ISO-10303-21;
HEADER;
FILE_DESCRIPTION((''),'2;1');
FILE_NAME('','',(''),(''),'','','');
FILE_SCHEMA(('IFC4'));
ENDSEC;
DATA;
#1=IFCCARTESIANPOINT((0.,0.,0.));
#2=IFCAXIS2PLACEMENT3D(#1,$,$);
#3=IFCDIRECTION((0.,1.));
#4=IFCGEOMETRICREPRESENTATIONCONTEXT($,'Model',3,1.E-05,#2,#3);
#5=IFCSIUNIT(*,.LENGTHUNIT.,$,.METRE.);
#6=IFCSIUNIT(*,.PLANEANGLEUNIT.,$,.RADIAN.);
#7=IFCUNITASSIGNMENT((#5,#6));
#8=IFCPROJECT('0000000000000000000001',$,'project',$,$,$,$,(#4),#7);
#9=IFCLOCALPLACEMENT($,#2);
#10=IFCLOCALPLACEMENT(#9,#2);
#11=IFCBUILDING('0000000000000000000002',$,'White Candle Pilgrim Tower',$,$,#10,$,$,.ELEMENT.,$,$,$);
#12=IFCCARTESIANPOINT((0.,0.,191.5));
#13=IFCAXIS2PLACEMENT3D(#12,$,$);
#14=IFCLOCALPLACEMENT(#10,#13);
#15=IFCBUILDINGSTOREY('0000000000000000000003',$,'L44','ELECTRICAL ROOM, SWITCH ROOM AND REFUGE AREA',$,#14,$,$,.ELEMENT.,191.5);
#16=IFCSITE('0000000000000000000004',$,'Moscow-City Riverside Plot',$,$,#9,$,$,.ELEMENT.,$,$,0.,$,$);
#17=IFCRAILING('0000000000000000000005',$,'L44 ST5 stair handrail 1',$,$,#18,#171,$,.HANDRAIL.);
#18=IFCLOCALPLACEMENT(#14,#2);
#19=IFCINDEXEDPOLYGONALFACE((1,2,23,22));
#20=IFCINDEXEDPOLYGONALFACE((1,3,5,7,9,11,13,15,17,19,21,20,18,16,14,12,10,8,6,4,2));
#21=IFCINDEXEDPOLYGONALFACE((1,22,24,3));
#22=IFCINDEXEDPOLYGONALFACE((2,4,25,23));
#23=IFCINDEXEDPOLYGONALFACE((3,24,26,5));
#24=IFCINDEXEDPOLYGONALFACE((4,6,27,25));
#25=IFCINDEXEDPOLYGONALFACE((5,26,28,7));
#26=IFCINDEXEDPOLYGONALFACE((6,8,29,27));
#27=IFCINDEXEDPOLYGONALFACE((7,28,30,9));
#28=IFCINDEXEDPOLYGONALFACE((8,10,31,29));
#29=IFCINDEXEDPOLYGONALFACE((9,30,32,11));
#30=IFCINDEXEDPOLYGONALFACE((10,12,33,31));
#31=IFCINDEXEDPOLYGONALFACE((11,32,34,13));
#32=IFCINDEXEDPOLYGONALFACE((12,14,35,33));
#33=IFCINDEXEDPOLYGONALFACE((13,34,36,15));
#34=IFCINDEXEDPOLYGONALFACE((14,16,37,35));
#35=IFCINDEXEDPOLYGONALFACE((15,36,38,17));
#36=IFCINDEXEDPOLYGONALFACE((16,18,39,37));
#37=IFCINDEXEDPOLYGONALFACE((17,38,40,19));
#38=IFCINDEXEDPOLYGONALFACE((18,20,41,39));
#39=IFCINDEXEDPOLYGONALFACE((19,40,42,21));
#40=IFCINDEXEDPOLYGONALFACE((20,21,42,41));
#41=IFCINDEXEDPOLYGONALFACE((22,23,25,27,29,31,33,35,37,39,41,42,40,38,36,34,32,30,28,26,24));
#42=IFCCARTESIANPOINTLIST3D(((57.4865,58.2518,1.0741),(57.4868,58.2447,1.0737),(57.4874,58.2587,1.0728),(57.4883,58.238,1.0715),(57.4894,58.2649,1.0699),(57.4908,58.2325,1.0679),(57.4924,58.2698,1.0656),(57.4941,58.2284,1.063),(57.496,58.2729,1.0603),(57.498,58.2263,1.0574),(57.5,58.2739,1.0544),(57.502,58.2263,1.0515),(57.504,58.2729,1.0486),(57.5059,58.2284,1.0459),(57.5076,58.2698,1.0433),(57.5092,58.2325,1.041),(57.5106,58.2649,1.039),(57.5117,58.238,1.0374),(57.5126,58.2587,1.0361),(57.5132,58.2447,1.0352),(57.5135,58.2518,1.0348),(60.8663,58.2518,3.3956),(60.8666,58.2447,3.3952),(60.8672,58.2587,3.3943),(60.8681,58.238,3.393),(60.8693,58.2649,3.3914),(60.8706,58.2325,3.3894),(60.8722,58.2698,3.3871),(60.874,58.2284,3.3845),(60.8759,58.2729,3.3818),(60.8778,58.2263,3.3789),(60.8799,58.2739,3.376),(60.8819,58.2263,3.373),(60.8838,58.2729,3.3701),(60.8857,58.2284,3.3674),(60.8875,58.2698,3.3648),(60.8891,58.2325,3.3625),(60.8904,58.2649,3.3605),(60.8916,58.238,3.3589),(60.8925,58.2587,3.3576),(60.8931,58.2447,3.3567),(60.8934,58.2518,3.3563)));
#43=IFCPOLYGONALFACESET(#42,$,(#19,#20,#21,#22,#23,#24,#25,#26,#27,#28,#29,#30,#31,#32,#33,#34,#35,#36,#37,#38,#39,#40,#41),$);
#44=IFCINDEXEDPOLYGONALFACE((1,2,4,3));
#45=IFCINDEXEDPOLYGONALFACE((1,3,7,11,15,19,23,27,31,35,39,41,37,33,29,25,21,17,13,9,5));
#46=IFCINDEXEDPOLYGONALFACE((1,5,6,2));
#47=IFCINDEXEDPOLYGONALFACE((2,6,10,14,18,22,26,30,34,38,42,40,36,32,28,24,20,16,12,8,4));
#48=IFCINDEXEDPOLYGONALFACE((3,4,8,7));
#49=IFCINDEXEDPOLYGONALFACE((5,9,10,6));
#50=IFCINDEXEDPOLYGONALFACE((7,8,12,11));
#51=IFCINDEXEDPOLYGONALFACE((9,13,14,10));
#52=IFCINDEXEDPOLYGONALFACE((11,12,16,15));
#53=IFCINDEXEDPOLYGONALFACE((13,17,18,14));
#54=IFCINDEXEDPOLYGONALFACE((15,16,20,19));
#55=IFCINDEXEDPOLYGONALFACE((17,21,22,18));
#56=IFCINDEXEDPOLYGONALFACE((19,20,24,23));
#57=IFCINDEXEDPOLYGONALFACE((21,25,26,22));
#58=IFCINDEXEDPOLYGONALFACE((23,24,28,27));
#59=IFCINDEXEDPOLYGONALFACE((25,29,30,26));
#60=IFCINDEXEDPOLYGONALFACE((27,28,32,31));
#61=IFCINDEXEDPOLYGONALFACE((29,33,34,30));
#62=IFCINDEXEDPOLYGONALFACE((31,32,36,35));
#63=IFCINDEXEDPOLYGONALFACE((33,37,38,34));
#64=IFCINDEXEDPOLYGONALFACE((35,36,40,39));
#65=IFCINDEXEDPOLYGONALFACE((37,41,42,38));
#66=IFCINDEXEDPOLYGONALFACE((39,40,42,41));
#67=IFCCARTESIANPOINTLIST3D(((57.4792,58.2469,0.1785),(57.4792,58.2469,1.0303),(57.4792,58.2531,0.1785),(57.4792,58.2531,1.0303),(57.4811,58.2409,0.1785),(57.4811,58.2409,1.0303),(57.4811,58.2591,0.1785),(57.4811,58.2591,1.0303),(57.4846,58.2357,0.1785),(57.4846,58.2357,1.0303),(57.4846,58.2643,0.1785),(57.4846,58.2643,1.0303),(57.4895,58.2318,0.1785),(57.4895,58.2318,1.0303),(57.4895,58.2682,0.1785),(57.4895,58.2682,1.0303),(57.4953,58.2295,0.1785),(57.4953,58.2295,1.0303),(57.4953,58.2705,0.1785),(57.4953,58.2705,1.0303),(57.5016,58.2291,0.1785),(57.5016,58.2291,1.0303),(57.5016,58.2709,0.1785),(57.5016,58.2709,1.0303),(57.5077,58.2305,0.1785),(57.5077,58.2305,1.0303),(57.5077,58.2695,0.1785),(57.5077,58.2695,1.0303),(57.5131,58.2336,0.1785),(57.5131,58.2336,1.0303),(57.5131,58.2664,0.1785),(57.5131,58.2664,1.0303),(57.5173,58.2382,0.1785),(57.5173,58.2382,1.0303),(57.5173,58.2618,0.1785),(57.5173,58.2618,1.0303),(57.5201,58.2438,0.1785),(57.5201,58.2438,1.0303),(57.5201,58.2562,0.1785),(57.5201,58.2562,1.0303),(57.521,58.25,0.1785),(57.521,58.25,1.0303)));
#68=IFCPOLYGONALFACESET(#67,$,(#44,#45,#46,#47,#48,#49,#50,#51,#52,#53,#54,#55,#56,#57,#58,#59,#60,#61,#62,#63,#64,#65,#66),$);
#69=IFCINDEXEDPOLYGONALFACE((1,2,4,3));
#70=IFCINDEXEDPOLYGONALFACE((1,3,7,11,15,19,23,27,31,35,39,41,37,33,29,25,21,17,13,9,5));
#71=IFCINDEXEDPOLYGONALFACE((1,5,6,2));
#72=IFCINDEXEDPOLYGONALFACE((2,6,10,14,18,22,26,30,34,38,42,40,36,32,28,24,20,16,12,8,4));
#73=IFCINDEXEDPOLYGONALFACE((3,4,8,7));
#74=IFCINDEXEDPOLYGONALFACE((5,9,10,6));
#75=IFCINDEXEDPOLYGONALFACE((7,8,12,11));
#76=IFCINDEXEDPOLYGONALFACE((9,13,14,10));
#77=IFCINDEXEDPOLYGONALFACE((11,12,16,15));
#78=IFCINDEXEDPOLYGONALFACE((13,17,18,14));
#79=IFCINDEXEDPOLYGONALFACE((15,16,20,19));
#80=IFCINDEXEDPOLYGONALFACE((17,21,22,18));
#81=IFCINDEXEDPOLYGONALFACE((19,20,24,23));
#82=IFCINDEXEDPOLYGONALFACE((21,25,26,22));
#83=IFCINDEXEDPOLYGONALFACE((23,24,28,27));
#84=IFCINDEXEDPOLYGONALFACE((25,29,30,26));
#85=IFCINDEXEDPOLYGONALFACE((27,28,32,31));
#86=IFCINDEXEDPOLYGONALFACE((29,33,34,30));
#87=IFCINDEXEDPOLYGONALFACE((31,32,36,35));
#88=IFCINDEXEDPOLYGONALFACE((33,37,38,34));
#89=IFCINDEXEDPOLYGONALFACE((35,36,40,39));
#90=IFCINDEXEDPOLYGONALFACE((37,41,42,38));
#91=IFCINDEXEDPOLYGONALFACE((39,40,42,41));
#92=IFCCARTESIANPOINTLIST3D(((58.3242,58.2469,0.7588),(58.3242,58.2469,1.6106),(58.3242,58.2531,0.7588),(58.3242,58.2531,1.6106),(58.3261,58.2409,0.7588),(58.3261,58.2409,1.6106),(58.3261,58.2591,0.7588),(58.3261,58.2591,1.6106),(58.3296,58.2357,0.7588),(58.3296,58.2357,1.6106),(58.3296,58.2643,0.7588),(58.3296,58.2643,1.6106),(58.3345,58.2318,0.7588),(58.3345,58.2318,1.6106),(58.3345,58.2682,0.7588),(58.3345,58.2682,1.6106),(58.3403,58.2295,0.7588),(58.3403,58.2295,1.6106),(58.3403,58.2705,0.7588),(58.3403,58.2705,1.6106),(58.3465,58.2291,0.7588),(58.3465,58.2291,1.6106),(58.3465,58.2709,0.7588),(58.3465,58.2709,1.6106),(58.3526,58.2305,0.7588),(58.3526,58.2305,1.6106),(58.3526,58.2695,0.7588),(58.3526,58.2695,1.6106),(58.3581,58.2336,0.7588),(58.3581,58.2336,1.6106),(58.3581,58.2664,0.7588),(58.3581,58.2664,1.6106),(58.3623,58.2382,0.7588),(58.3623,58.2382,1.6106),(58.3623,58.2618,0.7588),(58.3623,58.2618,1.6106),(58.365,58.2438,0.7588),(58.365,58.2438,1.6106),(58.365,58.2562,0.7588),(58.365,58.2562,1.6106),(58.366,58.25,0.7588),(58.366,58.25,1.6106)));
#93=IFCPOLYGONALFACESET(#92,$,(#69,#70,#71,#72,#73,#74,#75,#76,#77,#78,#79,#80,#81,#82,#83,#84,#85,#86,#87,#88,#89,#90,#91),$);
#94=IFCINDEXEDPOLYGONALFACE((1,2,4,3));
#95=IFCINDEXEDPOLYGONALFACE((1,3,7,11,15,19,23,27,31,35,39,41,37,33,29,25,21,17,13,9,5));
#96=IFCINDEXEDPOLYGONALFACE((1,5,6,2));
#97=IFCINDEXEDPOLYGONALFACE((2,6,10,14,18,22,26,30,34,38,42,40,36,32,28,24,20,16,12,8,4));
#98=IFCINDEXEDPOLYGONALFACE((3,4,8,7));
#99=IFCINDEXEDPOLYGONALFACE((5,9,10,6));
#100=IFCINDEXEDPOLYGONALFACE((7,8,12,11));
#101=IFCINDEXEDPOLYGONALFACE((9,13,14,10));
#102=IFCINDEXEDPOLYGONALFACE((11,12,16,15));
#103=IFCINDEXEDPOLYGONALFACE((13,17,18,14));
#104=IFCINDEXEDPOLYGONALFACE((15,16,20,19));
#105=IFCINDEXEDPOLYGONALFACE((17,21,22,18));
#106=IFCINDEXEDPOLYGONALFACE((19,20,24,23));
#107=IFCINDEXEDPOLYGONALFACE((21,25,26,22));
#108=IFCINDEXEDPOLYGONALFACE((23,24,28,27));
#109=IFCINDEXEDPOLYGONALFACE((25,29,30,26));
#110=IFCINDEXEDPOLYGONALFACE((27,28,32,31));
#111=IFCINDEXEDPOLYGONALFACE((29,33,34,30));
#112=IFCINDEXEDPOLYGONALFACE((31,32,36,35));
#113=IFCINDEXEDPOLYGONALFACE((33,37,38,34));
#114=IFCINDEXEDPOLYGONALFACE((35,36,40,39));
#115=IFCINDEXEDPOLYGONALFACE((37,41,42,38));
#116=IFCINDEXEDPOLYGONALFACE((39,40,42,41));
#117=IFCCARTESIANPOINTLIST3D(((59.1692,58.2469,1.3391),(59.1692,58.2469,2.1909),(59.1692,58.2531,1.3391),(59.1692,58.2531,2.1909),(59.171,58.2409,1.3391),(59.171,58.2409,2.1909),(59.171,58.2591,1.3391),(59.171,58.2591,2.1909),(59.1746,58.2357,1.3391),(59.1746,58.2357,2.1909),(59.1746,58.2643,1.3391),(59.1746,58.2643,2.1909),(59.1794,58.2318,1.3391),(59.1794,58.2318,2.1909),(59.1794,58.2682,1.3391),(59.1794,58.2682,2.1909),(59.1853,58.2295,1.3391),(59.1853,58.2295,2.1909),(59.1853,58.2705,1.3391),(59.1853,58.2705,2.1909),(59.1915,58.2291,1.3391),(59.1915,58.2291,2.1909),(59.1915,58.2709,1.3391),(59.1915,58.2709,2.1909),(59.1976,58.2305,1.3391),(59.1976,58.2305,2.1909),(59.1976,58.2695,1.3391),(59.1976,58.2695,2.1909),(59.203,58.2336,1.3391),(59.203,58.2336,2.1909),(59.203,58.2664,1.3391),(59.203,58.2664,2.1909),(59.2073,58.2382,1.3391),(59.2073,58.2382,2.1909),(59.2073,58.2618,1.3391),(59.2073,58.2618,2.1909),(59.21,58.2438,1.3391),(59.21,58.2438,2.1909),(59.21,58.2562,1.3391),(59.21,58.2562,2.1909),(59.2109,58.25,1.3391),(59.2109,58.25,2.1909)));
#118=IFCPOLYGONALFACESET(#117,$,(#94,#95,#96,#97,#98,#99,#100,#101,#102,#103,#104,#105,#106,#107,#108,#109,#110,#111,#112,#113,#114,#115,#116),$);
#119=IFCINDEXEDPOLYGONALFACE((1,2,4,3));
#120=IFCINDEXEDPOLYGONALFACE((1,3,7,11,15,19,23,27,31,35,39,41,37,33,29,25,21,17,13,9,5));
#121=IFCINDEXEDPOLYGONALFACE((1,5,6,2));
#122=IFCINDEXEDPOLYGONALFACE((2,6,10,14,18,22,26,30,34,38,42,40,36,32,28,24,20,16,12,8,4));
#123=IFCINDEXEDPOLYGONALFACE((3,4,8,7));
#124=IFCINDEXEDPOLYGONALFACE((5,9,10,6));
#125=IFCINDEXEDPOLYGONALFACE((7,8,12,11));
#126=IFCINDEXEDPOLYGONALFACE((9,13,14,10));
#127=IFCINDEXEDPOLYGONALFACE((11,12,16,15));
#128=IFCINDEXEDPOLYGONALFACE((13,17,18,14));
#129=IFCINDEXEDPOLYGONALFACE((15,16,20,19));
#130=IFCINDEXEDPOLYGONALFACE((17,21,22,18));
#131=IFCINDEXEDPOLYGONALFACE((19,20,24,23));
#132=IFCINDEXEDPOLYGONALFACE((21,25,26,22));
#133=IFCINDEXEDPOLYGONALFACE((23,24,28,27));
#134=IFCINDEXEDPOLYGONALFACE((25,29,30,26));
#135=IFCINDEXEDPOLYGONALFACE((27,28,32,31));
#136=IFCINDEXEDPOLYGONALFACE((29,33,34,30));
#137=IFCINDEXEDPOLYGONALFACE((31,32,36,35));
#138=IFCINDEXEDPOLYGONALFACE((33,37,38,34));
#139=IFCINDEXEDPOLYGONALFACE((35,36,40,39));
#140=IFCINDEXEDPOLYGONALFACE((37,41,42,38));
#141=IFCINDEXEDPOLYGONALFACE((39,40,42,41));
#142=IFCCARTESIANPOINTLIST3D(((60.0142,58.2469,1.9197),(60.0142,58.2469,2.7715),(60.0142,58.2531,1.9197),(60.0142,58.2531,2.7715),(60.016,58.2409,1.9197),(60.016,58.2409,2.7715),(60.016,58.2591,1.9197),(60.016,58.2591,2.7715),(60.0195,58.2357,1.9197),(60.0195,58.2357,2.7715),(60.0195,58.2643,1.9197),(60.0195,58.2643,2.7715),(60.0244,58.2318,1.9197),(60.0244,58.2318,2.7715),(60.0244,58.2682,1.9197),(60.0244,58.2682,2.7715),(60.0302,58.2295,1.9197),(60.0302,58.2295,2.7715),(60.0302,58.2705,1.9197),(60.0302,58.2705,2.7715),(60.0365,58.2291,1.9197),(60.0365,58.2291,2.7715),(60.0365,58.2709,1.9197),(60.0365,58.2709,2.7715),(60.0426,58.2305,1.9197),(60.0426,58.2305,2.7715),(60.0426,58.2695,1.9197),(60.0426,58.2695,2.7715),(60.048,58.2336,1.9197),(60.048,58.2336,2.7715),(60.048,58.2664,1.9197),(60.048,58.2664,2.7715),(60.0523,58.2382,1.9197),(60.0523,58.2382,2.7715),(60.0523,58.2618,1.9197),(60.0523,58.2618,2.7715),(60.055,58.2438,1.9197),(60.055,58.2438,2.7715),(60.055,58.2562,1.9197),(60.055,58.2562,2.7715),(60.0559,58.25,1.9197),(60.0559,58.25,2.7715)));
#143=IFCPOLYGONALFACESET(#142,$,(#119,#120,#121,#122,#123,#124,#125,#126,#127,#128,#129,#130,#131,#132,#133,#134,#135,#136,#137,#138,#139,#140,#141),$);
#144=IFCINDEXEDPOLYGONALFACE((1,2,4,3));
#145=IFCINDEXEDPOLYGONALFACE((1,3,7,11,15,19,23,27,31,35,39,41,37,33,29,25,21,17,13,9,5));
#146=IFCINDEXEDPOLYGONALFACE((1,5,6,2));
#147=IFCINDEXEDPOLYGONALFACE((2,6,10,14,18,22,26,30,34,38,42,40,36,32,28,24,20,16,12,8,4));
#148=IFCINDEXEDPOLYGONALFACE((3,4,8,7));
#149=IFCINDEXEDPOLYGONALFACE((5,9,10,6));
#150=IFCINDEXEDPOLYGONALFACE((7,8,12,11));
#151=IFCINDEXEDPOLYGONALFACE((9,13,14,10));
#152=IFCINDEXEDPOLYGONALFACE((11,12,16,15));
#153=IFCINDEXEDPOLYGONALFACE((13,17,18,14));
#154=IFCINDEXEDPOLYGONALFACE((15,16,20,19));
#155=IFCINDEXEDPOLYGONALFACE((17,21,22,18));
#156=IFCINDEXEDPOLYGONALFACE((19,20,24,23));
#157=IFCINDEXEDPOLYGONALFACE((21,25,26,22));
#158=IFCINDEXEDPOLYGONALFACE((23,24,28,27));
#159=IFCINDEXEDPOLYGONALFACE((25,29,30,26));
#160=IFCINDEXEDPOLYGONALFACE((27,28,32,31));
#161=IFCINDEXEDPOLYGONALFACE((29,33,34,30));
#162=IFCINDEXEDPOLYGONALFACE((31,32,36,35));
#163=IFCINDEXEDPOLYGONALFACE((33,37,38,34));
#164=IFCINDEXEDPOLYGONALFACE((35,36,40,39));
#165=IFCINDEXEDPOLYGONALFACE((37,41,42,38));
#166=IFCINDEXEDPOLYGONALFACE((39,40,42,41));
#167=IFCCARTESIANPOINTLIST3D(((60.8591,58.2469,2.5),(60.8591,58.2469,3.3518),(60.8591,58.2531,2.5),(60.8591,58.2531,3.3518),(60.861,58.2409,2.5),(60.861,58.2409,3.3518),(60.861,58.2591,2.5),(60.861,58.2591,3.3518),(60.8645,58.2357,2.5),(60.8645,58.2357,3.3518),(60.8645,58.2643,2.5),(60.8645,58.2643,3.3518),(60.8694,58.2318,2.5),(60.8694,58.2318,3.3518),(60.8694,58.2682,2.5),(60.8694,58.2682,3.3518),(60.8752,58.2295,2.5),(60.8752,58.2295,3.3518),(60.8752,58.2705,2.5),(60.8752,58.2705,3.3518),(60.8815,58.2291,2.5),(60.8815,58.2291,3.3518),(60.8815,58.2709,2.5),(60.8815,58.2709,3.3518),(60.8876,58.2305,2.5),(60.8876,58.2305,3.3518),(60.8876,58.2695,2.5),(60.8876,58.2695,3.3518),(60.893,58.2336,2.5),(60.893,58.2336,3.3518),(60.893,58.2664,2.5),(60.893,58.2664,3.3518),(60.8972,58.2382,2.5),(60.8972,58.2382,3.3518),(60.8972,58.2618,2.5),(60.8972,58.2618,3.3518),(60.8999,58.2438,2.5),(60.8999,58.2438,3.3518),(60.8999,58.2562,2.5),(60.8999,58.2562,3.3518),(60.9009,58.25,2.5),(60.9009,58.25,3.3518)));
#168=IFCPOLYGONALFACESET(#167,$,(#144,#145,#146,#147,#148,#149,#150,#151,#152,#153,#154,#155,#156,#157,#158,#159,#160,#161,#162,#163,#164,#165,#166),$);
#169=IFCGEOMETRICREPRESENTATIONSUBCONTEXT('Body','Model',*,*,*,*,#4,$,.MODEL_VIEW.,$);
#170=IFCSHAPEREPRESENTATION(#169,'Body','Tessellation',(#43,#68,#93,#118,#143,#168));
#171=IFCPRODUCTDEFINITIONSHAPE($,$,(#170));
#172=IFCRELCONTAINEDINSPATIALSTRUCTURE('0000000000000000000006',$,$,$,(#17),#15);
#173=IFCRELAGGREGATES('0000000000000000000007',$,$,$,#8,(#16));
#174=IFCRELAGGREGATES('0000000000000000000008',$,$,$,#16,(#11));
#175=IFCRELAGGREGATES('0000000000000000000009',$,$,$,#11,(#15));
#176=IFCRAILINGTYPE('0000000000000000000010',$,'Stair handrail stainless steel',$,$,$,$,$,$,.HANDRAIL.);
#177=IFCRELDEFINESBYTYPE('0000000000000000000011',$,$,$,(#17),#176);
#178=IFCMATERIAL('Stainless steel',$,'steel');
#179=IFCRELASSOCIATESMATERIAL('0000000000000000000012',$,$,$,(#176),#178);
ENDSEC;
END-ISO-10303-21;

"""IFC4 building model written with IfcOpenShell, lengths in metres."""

from ifc_helpers import new_model, si_unit, direction, frame, origin, origin_2d, place, context, subcontext, project, spatial, circle, extrude, material, type_object, element, save


model = new_model("IFC4")

# Units and contexts
model_context = context("Model", 3, precision=1e-05, world=origin(), true_north=direction((0.0, 1.0)))
body_context = subcontext(model_context, "Body", "Model", "MODEL_VIEW")
ifc_project = project(units=[si_unit("LENGTHUNIT", "METRE"), si_unit("PLANEANGLEUNIT", "RADIAN")], contexts=[model_context])

# Site, building, storey
site_placement = place(None, origin())
site = spatial("IfcSite", under=ifc_project, at=site_placement, Name="Moscow-City Riverside Plot", CompositionType="ELEMENT", RefElevation=0.0)
building_placement = place(site_placement, origin())
building = spatial("IfcBuilding", under=site, at=building_placement, Name="White Candle Pilgrim Tower", CompositionType="ELEMENT")
storey_placement = place(building_placement, frame((0.0, 0.0, 191.5)))
storey = spatial("IfcBuildingStorey", under=building, at=storey_placement, Name="L44", Description="ELECTRICAL ROOM, SWITCH ROOM AND REFUGE AREA", CompositionType="ELEMENT", Elevation=191.5)

# Railing
ifc_material_1 = material(Name="Stainless steel", Category="steel")
railing_type_1 = type_object("IfcRailingType", Name="Stair handrail stainless steel", PredefinedType="HANDRAIL", material=ifc_material_1)
railing_1_placement = place(storey_placement, frame((57.5, 58.25, 0.1785)))
element("IfcRailing", 1, at=railing_1_placement, inside=storey, type_object=railing_type_1, Name="L44 ST5 stair handrail 1", PredefinedType="HANDRAIL", context=body_context, shape_type="SweptSolid", body=[
    extrude(circle(Radius=0.0239, at=origin_2d()), frame((0.0, 0.0, 0.876), z_axis=(0.824285, 0.0, 0.566175), x_axis=(0.0, 1.0, 0.0)), (0.0, 0.0, 1.0), 4.1003),
    extrude(circle(Radius=0.021, at=origin_2d()), origin(), (0.0, 0.0, 1.0), 0.8518),
    extrude(circle(Radius=0.021, at=origin_2d()), frame((0.845, 0.0, 0.5803)), (0.0, 0.0, 1.0), 0.8518),
    extrude(circle(Radius=0.021, at=origin_2d()), frame((1.6899, 0.0, 1.1606)), (0.0, 0.0, 1.0), 0.8518),
    extrude(circle(Radius=0.021, at=origin_2d()), frame((2.5349, 0.0, 1.7412)), (0.0, 0.0, 1.0), 0.8518),
    extrude(circle(Radius=0.021, at=origin_2d()), frame((3.3799, 0.0, 2.3215)), (0.0, 0.0, 1.0), 0.8518),
])

save(model, "model.ifc")
